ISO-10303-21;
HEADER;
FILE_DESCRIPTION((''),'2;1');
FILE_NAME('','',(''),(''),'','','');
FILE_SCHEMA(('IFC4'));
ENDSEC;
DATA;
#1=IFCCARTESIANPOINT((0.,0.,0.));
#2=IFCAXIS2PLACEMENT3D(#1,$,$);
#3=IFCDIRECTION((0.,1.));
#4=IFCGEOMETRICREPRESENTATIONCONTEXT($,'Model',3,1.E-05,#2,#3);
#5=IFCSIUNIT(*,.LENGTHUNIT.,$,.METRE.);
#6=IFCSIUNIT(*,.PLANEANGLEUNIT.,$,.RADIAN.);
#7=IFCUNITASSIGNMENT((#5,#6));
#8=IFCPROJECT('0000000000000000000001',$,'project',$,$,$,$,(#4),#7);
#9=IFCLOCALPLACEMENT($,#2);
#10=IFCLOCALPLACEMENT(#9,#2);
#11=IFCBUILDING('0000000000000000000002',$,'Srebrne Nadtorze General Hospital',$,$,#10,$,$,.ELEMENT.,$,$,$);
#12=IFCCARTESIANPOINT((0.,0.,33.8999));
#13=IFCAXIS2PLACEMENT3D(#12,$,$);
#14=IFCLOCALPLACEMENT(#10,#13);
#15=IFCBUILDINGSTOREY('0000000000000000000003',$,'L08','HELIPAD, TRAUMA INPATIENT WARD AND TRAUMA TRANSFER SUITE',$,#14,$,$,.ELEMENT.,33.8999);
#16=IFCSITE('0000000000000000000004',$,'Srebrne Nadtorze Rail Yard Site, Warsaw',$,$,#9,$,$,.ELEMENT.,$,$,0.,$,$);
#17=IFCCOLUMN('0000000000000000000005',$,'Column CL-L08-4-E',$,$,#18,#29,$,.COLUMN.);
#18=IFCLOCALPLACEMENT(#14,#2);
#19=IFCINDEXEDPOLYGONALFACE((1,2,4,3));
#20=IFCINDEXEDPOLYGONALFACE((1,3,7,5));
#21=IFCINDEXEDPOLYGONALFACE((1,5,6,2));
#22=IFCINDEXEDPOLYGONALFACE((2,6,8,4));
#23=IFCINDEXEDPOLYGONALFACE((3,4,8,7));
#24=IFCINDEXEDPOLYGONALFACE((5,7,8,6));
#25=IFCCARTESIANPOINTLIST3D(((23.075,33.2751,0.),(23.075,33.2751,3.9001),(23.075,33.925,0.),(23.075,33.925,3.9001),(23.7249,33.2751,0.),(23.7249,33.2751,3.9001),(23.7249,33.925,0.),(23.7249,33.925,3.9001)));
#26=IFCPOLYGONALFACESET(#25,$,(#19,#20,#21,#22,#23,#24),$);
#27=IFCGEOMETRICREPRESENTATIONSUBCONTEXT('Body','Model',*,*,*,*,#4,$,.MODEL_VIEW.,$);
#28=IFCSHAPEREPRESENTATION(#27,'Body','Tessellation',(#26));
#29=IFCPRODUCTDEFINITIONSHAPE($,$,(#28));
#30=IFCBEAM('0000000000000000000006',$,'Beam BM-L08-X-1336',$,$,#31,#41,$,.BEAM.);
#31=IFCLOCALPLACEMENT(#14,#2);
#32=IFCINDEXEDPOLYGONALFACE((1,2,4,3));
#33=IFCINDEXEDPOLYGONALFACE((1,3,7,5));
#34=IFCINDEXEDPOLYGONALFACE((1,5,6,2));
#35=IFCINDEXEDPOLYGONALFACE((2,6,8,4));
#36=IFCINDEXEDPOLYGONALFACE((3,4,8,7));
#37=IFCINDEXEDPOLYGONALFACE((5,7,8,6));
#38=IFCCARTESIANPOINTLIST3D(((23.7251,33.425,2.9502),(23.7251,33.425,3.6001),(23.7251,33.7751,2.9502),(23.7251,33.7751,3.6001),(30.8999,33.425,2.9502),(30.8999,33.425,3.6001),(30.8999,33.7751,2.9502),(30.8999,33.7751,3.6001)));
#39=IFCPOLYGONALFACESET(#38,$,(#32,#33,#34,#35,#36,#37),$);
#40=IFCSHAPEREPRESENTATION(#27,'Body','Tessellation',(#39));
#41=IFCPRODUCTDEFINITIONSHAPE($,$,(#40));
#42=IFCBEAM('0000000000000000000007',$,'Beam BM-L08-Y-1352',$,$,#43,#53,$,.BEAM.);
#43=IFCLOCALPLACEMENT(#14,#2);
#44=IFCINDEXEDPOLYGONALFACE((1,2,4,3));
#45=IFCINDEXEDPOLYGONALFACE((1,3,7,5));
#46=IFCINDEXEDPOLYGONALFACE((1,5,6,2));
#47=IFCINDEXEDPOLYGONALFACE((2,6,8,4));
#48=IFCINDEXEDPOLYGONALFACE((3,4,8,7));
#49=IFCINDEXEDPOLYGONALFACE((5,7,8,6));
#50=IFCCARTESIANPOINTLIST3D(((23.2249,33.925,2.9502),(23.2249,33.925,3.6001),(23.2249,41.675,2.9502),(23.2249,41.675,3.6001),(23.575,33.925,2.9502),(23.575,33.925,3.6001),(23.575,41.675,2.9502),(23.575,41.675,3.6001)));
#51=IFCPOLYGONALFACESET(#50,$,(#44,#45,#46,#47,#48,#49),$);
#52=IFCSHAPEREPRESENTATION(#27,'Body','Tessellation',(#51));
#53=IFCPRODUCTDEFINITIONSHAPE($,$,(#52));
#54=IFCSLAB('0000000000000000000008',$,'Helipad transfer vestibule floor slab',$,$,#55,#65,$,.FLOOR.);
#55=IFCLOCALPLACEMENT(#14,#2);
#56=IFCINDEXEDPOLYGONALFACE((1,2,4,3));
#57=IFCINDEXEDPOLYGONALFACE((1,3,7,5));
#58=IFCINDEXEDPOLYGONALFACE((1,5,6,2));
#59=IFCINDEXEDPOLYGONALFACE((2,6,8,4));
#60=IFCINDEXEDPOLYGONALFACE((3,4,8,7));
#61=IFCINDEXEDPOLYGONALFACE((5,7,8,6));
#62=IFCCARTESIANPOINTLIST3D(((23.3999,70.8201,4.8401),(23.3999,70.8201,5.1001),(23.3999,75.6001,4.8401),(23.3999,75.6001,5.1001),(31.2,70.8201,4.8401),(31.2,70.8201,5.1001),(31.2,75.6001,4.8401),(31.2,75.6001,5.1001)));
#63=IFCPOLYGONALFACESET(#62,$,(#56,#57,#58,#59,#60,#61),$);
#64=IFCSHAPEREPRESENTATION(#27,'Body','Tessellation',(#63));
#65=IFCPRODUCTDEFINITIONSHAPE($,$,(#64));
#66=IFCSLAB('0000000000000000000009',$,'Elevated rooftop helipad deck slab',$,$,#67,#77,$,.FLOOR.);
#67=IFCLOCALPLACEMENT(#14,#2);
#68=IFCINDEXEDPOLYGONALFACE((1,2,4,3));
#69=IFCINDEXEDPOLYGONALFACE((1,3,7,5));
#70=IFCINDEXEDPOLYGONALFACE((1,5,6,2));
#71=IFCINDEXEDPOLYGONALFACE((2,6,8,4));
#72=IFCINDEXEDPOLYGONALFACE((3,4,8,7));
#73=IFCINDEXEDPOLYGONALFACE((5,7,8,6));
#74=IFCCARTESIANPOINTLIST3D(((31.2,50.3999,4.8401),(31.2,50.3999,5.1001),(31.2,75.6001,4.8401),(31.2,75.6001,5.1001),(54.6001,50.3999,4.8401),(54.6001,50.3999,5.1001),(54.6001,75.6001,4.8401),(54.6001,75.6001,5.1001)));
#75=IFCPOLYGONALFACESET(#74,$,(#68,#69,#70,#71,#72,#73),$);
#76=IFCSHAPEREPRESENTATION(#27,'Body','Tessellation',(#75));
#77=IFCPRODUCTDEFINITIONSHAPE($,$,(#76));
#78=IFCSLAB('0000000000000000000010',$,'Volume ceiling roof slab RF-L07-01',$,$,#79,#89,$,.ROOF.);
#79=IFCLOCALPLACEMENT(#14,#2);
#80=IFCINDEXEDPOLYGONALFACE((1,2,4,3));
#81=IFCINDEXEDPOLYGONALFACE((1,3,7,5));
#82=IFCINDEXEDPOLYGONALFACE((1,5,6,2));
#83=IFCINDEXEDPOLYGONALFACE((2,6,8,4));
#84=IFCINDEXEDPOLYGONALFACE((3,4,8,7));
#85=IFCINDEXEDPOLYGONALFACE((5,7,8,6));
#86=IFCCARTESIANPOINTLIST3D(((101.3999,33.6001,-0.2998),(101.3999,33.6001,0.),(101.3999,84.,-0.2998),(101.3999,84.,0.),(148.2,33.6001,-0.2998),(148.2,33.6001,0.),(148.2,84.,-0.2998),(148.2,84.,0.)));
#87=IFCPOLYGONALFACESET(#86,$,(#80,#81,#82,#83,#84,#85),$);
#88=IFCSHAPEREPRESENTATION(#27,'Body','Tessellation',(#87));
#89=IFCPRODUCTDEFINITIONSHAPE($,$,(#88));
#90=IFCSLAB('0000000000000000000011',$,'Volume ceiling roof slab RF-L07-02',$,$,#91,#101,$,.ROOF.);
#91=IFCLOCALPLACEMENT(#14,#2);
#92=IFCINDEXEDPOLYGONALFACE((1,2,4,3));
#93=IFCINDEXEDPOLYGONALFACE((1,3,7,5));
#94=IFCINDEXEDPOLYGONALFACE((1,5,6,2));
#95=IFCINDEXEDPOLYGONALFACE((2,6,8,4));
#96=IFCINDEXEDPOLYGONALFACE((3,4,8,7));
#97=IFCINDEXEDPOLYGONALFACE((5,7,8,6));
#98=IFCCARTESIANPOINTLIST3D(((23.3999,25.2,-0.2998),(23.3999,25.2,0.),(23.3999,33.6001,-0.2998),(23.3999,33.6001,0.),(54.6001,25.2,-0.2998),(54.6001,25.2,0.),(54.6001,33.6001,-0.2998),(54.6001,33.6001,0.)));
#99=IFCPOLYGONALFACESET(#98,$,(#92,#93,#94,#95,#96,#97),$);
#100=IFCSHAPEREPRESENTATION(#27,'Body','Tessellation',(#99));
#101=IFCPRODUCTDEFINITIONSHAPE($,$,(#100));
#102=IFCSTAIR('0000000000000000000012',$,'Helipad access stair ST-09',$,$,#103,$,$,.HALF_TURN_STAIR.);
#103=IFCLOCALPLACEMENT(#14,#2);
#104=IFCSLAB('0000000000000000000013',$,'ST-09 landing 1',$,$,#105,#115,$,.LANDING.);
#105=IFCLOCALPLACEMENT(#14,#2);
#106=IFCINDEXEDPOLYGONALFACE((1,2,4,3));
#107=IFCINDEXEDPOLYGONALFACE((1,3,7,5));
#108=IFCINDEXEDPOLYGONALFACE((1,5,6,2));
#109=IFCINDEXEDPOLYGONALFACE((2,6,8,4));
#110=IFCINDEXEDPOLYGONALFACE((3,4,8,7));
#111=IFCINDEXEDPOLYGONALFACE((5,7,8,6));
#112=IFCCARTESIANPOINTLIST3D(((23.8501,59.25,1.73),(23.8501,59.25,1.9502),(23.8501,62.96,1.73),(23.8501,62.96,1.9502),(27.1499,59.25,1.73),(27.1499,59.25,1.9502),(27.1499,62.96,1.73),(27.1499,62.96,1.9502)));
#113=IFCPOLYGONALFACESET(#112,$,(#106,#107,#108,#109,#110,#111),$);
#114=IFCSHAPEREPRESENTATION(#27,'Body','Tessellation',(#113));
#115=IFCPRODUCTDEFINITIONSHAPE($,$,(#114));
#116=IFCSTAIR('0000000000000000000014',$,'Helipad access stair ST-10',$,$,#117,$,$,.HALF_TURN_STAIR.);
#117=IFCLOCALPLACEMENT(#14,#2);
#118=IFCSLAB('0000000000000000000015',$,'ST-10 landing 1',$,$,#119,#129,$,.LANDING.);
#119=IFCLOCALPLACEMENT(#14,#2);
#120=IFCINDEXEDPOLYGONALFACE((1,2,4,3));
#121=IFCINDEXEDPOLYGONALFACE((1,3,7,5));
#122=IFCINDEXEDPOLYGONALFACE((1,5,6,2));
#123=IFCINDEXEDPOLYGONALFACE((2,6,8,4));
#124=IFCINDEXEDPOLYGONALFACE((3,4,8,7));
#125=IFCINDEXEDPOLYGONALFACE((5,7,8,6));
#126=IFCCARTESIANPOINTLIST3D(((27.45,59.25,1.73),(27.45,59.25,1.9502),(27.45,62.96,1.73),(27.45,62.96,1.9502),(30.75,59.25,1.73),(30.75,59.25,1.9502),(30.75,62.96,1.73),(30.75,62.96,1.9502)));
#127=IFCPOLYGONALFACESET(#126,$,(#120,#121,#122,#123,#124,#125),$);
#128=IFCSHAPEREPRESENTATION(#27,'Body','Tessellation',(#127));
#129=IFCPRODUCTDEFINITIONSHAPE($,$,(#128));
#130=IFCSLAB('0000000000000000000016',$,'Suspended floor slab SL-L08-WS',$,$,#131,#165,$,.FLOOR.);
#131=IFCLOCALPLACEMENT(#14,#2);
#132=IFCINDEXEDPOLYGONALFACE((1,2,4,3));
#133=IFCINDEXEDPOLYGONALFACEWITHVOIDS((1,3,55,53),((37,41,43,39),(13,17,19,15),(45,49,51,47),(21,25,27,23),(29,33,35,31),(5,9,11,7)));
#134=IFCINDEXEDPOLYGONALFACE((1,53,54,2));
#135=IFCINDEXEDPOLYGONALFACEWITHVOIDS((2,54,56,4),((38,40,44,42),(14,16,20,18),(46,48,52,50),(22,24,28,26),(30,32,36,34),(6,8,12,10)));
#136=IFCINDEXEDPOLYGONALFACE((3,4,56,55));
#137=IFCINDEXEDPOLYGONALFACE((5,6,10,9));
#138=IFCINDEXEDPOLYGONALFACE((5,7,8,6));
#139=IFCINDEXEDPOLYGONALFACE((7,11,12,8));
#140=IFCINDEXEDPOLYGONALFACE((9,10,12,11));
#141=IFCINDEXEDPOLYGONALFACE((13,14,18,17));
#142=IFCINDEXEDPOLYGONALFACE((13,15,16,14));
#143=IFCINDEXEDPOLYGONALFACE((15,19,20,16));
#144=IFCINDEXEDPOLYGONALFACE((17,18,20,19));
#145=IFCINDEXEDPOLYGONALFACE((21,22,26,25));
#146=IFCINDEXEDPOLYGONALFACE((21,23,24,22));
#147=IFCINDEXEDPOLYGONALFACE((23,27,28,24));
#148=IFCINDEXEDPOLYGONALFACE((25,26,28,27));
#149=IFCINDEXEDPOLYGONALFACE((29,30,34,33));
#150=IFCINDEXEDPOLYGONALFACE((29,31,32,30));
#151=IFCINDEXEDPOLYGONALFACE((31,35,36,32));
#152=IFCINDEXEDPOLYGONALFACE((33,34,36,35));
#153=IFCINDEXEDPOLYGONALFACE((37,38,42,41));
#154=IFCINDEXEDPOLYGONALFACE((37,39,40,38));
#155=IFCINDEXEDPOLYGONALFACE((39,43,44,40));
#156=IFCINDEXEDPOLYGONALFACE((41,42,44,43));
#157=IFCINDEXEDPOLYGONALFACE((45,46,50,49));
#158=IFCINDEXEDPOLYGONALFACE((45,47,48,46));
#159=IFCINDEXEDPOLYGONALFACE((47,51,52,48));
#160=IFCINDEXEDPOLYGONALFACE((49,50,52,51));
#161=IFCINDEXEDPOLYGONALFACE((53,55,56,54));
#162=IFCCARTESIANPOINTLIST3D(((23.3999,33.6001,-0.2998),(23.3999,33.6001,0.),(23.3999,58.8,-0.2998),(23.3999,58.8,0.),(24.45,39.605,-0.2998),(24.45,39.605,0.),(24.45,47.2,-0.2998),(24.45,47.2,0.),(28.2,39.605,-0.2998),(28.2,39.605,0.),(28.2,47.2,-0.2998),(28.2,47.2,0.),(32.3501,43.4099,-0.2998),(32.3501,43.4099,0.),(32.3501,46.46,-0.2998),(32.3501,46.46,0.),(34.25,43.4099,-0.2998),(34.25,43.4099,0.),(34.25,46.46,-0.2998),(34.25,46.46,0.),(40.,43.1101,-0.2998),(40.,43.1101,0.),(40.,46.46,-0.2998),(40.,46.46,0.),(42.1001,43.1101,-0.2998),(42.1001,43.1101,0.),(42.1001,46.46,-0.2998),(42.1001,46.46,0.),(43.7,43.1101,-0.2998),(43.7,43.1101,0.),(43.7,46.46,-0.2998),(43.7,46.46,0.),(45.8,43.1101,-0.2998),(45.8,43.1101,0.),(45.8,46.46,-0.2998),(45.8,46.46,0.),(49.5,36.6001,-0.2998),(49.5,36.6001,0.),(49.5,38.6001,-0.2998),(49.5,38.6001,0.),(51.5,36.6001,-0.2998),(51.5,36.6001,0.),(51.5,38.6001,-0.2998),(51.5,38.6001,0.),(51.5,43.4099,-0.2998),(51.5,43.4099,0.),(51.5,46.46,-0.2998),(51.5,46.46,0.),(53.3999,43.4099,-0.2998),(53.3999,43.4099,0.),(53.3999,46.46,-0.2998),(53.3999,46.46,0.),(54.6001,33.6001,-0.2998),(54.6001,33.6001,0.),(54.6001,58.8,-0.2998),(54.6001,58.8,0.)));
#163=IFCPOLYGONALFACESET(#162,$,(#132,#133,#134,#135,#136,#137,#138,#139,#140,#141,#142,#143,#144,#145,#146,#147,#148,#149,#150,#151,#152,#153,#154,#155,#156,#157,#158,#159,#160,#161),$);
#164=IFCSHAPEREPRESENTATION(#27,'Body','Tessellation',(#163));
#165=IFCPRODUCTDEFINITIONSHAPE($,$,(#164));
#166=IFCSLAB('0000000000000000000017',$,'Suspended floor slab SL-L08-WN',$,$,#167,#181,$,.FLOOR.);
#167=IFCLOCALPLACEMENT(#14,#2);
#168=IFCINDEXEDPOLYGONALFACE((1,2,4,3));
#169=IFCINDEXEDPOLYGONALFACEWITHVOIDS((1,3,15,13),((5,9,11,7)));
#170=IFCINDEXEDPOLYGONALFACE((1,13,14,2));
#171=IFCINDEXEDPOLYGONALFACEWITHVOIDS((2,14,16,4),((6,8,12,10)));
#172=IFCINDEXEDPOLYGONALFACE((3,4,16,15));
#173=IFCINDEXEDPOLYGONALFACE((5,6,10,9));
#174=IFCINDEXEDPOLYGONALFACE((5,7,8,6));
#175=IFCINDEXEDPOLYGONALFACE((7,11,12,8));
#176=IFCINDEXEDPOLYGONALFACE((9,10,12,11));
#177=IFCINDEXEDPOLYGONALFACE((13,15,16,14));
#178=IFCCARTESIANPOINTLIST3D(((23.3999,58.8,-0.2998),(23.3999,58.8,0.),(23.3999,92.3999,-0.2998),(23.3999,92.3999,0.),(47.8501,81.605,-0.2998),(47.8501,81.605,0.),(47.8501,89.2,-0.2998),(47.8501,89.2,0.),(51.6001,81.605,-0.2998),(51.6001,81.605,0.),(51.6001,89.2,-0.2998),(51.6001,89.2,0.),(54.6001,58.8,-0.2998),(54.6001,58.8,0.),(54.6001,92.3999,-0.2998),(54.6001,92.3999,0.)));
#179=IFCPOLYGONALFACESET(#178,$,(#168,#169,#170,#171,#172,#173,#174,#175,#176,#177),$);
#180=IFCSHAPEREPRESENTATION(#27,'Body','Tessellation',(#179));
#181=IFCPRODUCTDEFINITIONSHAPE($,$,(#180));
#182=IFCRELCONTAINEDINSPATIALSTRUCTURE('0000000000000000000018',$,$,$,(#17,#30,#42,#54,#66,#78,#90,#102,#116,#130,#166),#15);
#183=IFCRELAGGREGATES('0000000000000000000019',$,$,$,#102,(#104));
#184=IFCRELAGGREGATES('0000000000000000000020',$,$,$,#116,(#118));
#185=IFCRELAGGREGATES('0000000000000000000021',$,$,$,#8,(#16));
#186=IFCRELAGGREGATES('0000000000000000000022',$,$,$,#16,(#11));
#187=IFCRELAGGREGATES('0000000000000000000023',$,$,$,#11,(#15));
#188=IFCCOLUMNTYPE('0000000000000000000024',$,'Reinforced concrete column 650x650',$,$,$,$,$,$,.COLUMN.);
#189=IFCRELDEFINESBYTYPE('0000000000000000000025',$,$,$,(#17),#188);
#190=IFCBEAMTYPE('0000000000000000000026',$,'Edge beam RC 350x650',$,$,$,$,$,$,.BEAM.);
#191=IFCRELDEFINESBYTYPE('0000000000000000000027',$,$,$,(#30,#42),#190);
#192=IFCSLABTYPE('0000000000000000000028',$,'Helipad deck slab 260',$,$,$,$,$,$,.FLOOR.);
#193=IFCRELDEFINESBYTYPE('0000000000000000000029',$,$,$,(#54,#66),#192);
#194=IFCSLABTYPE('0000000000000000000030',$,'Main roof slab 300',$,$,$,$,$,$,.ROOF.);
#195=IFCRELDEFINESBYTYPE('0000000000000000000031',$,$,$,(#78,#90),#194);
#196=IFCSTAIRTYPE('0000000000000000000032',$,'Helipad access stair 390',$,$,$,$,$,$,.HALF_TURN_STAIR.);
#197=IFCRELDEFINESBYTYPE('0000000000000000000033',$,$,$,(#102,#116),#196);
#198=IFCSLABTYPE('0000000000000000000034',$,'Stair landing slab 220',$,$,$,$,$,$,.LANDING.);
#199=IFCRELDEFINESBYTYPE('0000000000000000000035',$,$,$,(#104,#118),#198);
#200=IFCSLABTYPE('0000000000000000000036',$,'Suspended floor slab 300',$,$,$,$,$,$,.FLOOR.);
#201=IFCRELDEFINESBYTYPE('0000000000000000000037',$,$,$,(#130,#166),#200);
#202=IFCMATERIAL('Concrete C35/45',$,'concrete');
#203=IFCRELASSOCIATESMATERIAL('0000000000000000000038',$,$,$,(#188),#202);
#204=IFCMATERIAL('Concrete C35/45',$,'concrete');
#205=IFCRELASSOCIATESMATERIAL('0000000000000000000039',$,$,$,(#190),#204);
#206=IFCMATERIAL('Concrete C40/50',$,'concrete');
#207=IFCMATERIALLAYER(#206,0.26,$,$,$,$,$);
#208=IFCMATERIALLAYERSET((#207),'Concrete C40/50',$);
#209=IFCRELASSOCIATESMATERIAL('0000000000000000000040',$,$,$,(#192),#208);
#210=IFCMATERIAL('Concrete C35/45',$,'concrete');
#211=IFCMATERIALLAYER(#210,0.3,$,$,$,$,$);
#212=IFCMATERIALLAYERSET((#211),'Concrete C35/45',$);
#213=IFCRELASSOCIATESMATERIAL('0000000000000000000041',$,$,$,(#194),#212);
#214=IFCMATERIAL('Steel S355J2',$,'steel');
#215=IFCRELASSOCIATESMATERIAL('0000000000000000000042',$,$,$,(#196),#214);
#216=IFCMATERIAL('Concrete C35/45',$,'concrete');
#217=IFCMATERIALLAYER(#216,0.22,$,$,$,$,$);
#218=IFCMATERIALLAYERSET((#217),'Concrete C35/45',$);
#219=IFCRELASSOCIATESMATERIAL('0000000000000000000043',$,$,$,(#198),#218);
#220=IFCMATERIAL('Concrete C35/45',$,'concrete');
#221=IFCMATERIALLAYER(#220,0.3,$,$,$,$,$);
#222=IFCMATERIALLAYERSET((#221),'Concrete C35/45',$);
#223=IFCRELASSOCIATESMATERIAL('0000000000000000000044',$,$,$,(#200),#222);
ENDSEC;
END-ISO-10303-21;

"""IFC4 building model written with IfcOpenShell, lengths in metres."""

from ifc_helpers import new_model, si_unit, direction, frame, origin, origin_2d, place, context, subcontext, project, spatial, polyline, rectangle, outline, extrude, material, layer, layer_set, material_profile, profile_set, type_object, element, aggregate, save


model = new_model("IFC4")

# Units and contexts
model_context = context("Model", 3, precision=1e-05, world=origin(), true_north=direction((0.0, 1.0)))
body_context = subcontext(model_context, "Body", "Model", "MODEL_VIEW")
ifc_project = project(units=[si_unit("LENGTHUNIT", "METRE"), si_unit("PLANEANGLEUNIT", "RADIAN")], contexts=[model_context])

# Site, building, storey
site_placement = place(None, origin())
site = spatial("IfcSite", under=ifc_project, at=site_placement, Name="Srebrne Nadtorze Rail Yard Site, Warsaw", CompositionType="ELEMENT", RefElevation=0.0)
building_placement = place(site_placement, origin())
building = spatial("IfcBuilding", under=site, at=building_placement, Name="Srebrne Nadtorze General Hospital", CompositionType="ELEMENT")
storey_placement = place(building_placement, frame((0.0, 0.0, 33.8999)))
storey = spatial("IfcBuildingStorey", under=building, at=storey_placement, Name="L08", Description="HELIPAD, TRAUMA INPATIENT WARD AND TRAUMA TRANSFER SUITE", CompositionType="ELEMENT", Elevation=33.8999)

# Column
ifc_material_1 = material(Name="Concrete C35/45", Category="concrete")
ifc_material_profile_1 = material_profile(ifc_material_1, rectangle(XDim=0.6499, YDim=0.6499, at=origin_2d()), Name="RC-COL-650x650")
ifc_profile_set_1 = profile_set([ifc_material_profile_1], Name="Concrete C35/45")
column_type = type_object("IfcColumnType", Name="Reinforced concrete column 650x650", PredefinedType="COLUMN", material=ifc_profile_set_1)
column_placement = place(storey_placement, frame((23.3999, 33.6001, 0.0), z_axis=(0.0, 0.0, 1.0), x_axis=(1.0, 0.0, 0.0)))
element("IfcColumn", 1, at=column_placement, inside=storey, type_object=column_type, Name="Column CL-L08-4-E", PredefinedType="COLUMN", context=body_context, shape_type="SweptSolid", body=[
    extrude(rectangle(XDim=0.6499, YDim=0.6499, at=origin_2d()), origin(), (0.0, 0.0, 1.0), 3.9001),
])

# Beams
ifc_material_2 = material(Name="Concrete C35/45", Category="concrete")
ifc_material_profile_2 = material_profile(ifc_material_2, rectangle(XDim=0.3501, YDim=0.6499, at=origin_2d()), Name="RC-BM-350x650")
ifc_profile_set_2 = profile_set([ifc_material_profile_2], Name="Concrete C35/45")
beam_type = type_object("IfcBeamType", Name="Edge beam RC 350x650", PredefinedType="BEAM", material=ifc_profile_set_2)
beam_1_placement = place(storey_placement, frame((23.7251, 33.6001, 3.2751), z_axis=(1.0, 0.0, 0.0), x_axis=(0.0, 1.0, 0.0)))
element("IfcBeam", 2, at=beam_1_placement, inside=storey, type_object=beam_type, Name="Beam BM-L08-X-1336", PredefinedType="BEAM", context=body_context, shape_type="SweptSolid", body=[
    extrude(rectangle(XDim=0.3501, YDim=0.6499, at=origin_2d()), origin(), (0.0, 0.0, 1.0), 7.1748),
])
beam_2_placement = place(storey_placement, frame((23.3999, 33.925, 3.2751), z_axis=(0.0, 1.0, 0.0), x_axis=(-1.0, 0.0, 0.0)))
element("IfcBeam", 3, at=beam_2_placement, inside=storey, type_object=beam_type, Name="Beam BM-L08-Y-1352", PredefinedType="BEAM", context=body_context, shape_type="SweptSolid", body=[
    extrude(rectangle(XDim=0.3501, YDim=0.6499, at=origin_2d()), origin(), (0.0, 0.0, 1.0), 7.75),
])

# Slabs
ifc_material_3 = material(Name="Concrete C40/50", Category="concrete")
ifc_layer_1 = layer(ifc_material_3, 0.26)
ifc_layer_set_1 = layer_set([ifc_layer_1], Name="Concrete C40/50")
slab_type_1 = type_object("IfcSlabType", Name="Helipad deck slab 260", PredefinedType="FLOOR", material=ifc_layer_set_1)
slab_1_placement = place(storey_placement, frame((0.0, 0.0, 4.8401)))
element("IfcSlab", 4, at=slab_1_placement, inside=storey, type_object=slab_type_1, Name="Helipad transfer vestibule floor slab", PredefinedType="FLOOR", context=body_context, shape_type="SweptSolid", body=[
    extrude(outline(polyline([(23.3999, 70.8201), (31.2, 70.8201), (31.2, 75.6001), (23.3999, 75.6001), (23.3999, 70.8201)])), origin(), (0.0, 0.0, 1.0), 0.26),
])
slab_2_placement = place(storey_placement, frame((0.0, 0.0, 4.8401)))
element("IfcSlab", 5, at=slab_2_placement, inside=storey, type_object=slab_type_1, Name="Elevated rooftop helipad deck slab", PredefinedType="FLOOR", context=body_context, shape_type="SweptSolid", body=[
    extrude(outline(polyline([(31.2, 50.3999), (54.6001, 50.3999), (54.6001, 75.6001), (31.2, 75.6001), (31.2, 50.3999)])), origin(), (0.0, 0.0, 1.0), 0.26),
])
ifc_material_4 = material(Name="Concrete C35/45", Category="concrete")
ifc_layer_2 = layer(ifc_material_4, 0.3)
ifc_layer_set_2 = layer_set([ifc_layer_2], Name="Concrete C35/45")
slab_type_2 = type_object("IfcSlabType", Name="Main roof slab 300", PredefinedType="ROOF", material=ifc_layer_set_2)
slab_3_placement = place(storey_placement, frame((0.0, 0.0, -0.2998)))
element("IfcSlab", 6, at=slab_3_placement, inside=storey, type_object=slab_type_2, Name="Volume ceiling roof slab RF-L07-01", PredefinedType="ROOF", context=body_context, shape_type="SweptSolid", body=[
    extrude(outline(polyline([(101.3999, 33.6001), (148.2, 33.6001), (148.2, 84.0), (101.3999, 84.0), (101.3999, 33.6001)])), origin(), (0.0, 0.0, 1.0), 0.2998),
])
slab_4_placement = place(storey_placement, frame((0.0, 0.0, -0.2998)))
element("IfcSlab", 7, at=slab_4_placement, inside=storey, type_object=slab_type_2, Name="Volume ceiling roof slab RF-L07-02", PredefinedType="ROOF", context=body_context, shape_type="SweptSolid", body=[
    extrude(outline(polyline([(23.3999, 25.2), (54.6001, 25.2), (54.6001, 33.6001), (23.3999, 33.6001), (23.3999, 25.2)])), origin(), (0.0, 0.0, 1.0), 0.2998),
])

# Stairs, slabs
ifc_material_5 = material(Name="Steel S355J2", Category="steel")
stair_type = type_object("IfcStairType", Name="Helipad access stair 390", PredefinedType="HALF_TURN_STAIR", material=ifc_material_5)
stair_1_placement = place(storey_placement, origin())
stair_1 = element("IfcStair", 8, at=stair_1_placement, inside=storey, type_object=stair_type, Name="Helipad access stair ST-09", PredefinedType="HALF_TURN_STAIR")
ifc_material_6 = material(Name="Concrete C35/45", Category="concrete")
ifc_layer_3 = layer(ifc_material_6, 0.22)
ifc_layer_set_3 = layer_set([ifc_layer_3], Name="Concrete C35/45")
slab_type_3 = type_object("IfcSlabType", Name="Stair landing slab 220", PredefinedType="LANDING", material=ifc_layer_set_3)
slab_5_placement = place(storey_placement, frame((0.0, 0.0, 1.73)))
slab_5 = element("IfcSlab", 9, at=slab_5_placement, type_object=slab_type_3, Name="ST-09 landing 1", PredefinedType="LANDING", context=body_context, shape_type="SweptSolid", body=[
    extrude(outline(polyline([(23.8501, 59.25), (27.1499, 59.25), (27.1499, 62.96), (23.8501, 62.96), (23.8501, 59.25)])), origin(), (0.0, 0.0, 1.0), 0.2202),
])
aggregate(stair_1, [slab_5])
stair_2_placement = place(storey_placement, origin())
stair_2 = element("IfcStair", 10, at=stair_2_placement, inside=storey, type_object=stair_type, Name="Helipad access stair ST-10", PredefinedType="HALF_TURN_STAIR")
slab_6_placement = place(storey_placement, frame((0.0, 0.0, 1.73)))
slab_6 = element("IfcSlab", 11, at=slab_6_placement, type_object=slab_type_3, Name="ST-10 landing 1", PredefinedType="LANDING", context=body_context, shape_type="SweptSolid", body=[
    extrude(outline(polyline([(27.45, 59.25), (30.75, 59.25), (30.75, 62.96), (27.45, 62.96), (27.45, 59.25)])), origin(), (0.0, 0.0, 1.0), 0.2202),
])
aggregate(stair_2, [slab_6])

# Slabs
ifc_material_7 = material(Name="Concrete C35/45", Category="concrete")
ifc_layer_4 = layer(ifc_material_7, 0.3)
ifc_layer_set_4 = layer_set([ifc_layer_4], Name="Concrete C35/45")
slab_type_4 = type_object("IfcSlabType", Name="Suspended floor slab 300", PredefinedType="FLOOR", material=ifc_layer_set_4)
slab_7_placement = place(storey_placement, frame((0.0, 0.0, -0.2998)))
element("IfcSlab", 12, at=slab_7_placement, inside=storey, type_object=slab_type_4, Name="Suspended floor slab SL-L08-WS", PredefinedType="FLOOR", context=body_context, shape_type="SweptSolid", body=[
    extrude(outline(polyline([(54.6001, 33.6001), (54.6001, 58.8), (23.3999, 58.8), (23.3999, 33.6001), (54.6001, 33.6001)]), holes=[polyline([(49.5, 38.6001), (51.5, 38.6001), (51.5, 36.6001), (49.5, 36.6001), (49.5, 38.6001)]), polyline([(28.2, 47.2), (28.2, 39.605), (24.45, 39.605), (24.45, 47.2), (28.2, 47.2)]), polyline([(42.1001, 46.46), (42.1001, 43.1101), (40.0, 43.1101), (40.0, 46.46), (42.1001, 46.46)]), polyline([(45.8, 46.46), (45.8, 43.1101), (43.7, 43.1101), (43.7, 46.46), (45.8, 46.46)]), polyline([(34.25, 46.46), (34.25, 43.4099), (32.3501, 43.4099), (32.3501, 46.46), (34.25, 46.46)]), polyline([(53.3999, 46.46), (53.3999, 43.4099), (51.5, 43.4099), (51.5, 46.46), (53.3999, 46.46)])]), origin(), (0.0, 0.0, 1.0), 0.2998),
])
slab_8_placement = place(storey_placement, frame((0.0, 0.0, -0.2998)))
element("IfcSlab", 13, at=slab_8_placement, inside=storey, type_object=slab_type_4, Name="Suspended floor slab SL-L08-WN", PredefinedType="FLOOR", context=body_context, shape_type="SweptSolid", body=[
    extrude(outline(polyline([(54.6001, 58.8), (54.6001, 92.3999), (23.3999, 92.3999), (23.3999, 58.8), (54.6001, 58.8)]), holes=[polyline([(51.6001, 89.2), (51.6001, 81.605), (47.8501, 81.605), (47.8501, 89.2), (51.6001, 89.2)])]), origin(), (0.0, 0.0, 1.0), 0.2998),
])

save(model, "model.ifc")
